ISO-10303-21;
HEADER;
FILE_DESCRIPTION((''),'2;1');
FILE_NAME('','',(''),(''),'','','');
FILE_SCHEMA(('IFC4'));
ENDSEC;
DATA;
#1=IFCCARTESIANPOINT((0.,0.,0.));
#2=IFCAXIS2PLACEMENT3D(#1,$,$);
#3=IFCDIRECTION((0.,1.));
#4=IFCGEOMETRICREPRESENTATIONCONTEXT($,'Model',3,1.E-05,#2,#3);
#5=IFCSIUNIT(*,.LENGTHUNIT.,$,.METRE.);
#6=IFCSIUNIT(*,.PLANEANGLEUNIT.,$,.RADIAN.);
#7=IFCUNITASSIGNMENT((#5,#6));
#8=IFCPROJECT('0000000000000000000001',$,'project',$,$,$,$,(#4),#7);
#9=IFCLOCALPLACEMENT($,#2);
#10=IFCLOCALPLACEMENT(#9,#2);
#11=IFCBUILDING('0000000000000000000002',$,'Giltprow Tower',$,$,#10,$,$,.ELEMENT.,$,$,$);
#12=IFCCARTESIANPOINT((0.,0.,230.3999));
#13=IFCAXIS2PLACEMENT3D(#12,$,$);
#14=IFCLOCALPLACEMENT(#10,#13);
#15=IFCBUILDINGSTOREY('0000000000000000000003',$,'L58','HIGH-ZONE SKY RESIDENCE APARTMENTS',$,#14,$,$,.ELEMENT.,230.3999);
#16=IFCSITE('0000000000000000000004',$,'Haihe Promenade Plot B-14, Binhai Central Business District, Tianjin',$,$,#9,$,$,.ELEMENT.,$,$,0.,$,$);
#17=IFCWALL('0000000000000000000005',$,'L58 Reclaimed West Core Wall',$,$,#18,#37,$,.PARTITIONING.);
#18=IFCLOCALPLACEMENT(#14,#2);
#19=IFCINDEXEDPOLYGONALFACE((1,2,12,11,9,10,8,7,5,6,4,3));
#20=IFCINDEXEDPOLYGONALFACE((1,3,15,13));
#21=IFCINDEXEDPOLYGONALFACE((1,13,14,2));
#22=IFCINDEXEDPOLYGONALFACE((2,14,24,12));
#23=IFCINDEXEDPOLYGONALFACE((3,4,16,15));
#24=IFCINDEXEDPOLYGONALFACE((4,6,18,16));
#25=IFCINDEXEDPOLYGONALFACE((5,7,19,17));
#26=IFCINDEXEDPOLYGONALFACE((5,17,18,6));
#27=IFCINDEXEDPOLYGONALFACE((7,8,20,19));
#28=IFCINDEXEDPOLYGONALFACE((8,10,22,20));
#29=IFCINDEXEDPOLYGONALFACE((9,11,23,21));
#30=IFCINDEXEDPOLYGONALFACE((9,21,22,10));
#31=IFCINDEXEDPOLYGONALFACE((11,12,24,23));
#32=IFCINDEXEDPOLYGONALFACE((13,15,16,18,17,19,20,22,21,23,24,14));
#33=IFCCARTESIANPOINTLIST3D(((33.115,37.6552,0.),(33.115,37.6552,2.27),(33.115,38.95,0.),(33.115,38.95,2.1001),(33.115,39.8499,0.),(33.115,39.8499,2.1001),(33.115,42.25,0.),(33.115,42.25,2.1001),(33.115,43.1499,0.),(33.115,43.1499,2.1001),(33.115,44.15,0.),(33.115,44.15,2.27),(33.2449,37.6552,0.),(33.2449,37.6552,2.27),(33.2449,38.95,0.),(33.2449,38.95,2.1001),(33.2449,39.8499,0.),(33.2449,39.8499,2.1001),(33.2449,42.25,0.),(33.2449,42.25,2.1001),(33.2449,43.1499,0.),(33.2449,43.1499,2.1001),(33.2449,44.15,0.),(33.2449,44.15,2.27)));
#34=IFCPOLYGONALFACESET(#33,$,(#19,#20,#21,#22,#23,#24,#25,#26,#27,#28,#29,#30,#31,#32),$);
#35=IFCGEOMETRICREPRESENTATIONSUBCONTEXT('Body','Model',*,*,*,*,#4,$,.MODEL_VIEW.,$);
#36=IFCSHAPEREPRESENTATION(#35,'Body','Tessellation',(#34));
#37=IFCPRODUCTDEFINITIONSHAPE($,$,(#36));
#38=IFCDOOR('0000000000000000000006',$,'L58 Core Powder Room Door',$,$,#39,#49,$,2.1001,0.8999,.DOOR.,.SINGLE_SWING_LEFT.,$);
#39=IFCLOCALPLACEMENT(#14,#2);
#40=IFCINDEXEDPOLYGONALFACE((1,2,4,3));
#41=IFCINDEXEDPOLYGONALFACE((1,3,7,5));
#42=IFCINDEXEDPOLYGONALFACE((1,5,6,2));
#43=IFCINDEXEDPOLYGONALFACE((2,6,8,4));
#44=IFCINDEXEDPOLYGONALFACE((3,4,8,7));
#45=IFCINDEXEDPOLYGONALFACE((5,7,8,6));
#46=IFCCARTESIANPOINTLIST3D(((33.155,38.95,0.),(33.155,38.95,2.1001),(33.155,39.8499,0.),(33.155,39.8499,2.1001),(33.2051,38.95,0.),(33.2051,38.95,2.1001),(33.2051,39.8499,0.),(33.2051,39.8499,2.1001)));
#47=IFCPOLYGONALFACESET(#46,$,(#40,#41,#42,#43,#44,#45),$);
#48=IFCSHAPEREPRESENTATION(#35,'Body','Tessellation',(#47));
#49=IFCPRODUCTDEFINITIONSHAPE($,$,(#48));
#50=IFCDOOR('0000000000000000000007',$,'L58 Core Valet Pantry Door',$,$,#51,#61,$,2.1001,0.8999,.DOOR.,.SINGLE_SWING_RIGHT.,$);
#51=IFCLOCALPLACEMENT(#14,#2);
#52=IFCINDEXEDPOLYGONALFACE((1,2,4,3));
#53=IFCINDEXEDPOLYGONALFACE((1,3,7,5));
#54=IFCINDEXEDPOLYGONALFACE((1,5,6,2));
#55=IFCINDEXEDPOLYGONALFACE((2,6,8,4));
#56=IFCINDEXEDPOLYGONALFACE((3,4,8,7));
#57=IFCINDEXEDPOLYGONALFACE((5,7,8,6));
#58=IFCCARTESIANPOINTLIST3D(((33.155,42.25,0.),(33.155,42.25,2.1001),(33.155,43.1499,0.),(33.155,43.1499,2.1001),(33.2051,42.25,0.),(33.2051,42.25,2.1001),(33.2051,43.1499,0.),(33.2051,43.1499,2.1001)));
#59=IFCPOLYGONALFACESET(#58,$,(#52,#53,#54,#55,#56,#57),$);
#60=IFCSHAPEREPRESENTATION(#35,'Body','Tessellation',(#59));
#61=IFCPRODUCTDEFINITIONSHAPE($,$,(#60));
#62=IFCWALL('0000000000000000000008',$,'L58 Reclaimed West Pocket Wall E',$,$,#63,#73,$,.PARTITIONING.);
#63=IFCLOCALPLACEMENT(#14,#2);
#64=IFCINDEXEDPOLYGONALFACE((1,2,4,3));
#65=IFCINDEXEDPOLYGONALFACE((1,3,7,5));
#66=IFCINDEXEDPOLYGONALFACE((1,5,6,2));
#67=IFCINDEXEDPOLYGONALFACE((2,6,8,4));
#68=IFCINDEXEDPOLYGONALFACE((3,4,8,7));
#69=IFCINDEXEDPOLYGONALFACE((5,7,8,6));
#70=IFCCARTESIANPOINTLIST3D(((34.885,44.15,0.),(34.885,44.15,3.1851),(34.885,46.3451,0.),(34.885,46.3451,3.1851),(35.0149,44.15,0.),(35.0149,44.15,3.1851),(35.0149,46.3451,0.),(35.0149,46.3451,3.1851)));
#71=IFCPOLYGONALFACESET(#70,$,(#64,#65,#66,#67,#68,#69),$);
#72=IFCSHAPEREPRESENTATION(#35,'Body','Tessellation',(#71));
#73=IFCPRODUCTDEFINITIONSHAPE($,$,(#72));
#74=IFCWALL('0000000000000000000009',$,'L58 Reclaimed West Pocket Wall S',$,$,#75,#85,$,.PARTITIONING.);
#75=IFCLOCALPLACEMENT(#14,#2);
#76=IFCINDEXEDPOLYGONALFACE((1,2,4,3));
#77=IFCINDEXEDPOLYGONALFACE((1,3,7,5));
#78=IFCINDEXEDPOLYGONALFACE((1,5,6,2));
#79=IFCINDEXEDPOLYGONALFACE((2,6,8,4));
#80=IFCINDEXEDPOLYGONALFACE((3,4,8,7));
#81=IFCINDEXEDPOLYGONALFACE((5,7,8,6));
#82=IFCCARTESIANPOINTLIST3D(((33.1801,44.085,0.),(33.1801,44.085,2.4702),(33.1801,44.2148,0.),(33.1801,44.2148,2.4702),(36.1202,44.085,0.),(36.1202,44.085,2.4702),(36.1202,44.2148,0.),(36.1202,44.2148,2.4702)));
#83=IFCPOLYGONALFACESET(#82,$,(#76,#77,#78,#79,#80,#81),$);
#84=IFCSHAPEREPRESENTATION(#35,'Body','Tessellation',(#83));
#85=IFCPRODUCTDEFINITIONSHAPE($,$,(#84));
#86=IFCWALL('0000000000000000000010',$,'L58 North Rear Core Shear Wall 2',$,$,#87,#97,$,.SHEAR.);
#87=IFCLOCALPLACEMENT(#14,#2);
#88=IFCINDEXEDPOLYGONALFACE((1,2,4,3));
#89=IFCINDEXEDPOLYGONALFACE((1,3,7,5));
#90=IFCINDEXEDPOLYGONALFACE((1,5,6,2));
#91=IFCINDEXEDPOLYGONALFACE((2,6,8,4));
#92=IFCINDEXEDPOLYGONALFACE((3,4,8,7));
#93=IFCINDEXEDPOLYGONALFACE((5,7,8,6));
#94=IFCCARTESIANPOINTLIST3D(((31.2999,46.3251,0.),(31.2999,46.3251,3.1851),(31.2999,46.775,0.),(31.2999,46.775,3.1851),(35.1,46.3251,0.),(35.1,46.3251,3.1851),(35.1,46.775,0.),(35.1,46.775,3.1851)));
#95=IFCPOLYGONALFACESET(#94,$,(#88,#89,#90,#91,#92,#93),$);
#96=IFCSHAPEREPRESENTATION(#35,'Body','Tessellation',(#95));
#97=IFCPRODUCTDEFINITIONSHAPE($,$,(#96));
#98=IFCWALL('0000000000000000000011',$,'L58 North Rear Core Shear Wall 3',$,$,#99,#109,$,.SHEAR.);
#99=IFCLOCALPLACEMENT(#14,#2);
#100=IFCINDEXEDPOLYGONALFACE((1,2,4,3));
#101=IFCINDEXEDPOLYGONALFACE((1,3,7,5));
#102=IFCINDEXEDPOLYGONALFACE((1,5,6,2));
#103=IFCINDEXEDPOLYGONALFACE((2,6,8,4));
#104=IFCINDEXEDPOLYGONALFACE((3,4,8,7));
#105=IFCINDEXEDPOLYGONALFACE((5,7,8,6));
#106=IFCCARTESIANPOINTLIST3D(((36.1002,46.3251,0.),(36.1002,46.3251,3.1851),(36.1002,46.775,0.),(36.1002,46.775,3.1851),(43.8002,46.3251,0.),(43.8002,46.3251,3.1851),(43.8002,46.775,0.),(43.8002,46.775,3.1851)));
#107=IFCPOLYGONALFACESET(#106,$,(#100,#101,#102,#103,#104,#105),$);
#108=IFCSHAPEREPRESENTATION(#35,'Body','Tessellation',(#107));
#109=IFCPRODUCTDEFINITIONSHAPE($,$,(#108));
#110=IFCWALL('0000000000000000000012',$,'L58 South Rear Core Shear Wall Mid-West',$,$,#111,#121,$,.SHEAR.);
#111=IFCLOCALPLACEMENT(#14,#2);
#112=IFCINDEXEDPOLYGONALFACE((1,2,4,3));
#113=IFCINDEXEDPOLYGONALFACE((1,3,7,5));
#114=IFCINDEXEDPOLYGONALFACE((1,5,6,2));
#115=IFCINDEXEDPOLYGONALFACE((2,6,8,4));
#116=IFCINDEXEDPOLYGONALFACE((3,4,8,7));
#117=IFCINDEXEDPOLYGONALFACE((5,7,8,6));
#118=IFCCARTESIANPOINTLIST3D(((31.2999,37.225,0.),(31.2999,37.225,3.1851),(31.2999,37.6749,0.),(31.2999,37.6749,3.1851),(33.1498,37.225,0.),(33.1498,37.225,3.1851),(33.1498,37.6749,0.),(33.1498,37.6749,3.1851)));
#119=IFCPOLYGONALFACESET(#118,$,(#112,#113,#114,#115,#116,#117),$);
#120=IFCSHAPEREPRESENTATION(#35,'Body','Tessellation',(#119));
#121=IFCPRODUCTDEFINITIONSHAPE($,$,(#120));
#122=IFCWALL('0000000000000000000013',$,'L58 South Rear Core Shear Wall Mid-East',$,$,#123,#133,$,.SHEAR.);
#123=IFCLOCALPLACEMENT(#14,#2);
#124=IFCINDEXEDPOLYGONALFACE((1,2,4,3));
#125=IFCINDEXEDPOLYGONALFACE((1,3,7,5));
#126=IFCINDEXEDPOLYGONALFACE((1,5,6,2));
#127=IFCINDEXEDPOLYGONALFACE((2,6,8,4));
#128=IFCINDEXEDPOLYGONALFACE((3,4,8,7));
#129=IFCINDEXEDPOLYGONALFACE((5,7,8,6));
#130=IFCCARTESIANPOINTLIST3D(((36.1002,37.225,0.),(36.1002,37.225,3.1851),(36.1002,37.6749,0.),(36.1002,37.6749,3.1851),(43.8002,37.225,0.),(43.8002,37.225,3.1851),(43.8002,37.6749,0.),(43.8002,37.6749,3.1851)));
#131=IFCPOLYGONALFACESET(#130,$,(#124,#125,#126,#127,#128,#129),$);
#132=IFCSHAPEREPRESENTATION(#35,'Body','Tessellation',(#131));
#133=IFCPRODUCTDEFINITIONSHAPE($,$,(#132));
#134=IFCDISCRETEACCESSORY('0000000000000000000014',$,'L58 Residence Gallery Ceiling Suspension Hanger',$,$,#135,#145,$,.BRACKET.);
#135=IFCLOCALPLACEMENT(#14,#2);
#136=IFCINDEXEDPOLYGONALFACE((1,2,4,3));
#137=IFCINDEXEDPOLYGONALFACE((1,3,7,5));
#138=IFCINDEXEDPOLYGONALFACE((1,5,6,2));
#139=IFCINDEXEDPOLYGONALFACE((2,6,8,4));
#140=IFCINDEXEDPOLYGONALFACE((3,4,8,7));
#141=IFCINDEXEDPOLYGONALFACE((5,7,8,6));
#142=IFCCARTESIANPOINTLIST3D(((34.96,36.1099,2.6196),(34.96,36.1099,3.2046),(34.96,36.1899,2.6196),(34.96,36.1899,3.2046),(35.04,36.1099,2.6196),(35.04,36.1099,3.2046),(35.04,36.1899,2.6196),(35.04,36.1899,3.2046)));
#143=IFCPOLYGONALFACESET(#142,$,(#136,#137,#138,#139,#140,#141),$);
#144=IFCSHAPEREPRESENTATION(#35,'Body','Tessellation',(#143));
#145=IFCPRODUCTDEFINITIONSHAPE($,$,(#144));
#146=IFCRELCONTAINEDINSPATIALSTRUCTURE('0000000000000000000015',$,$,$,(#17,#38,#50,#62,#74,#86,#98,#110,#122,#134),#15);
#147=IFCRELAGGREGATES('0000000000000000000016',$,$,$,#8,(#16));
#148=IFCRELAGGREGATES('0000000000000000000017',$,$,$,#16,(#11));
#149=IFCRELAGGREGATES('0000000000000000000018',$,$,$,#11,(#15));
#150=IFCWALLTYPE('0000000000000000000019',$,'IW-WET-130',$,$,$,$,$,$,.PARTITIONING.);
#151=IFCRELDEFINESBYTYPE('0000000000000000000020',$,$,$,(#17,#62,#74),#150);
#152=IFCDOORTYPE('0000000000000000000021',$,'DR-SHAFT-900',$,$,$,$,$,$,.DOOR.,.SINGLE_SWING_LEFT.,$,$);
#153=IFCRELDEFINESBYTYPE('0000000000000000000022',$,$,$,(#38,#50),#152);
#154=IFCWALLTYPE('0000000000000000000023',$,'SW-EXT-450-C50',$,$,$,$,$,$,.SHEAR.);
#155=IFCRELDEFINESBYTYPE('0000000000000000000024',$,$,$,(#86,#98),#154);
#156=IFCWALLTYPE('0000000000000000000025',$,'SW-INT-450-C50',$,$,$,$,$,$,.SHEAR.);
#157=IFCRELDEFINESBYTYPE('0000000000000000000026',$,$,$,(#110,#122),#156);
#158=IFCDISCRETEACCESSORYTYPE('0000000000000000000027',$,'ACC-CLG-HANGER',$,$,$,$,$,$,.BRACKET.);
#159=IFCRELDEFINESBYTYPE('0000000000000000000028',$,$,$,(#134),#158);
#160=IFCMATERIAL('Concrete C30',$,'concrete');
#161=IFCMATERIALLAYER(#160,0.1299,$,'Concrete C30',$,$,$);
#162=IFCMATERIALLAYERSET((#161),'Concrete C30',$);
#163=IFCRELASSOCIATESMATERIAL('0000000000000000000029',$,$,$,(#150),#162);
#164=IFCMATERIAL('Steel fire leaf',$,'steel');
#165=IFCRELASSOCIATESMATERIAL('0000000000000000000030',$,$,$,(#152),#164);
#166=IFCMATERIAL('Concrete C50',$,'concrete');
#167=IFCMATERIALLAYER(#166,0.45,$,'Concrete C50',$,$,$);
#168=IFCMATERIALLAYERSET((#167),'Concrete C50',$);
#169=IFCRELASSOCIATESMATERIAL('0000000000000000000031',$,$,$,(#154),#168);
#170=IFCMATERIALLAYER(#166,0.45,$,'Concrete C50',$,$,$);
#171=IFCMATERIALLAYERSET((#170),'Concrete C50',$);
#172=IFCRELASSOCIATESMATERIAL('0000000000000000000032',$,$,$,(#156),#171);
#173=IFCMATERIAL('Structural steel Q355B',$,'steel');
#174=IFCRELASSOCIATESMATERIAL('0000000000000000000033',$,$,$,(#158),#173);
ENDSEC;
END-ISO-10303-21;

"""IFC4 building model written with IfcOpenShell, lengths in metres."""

from ifc_helpers import new_model, si_unit, direction, frame, frame_2d, origin, origin_2d, place, context, subcontext, project, spatial, rectangle, extrude, source, transform, mapped, material, layer, layer_set, type_object, element, fill, save


model = new_model("IFC4")

# Units and contexts
model_context = context("Model", 3, precision=1e-05, world=origin(), true_north=direction((0.0, 1.0)))
body_context = subcontext(model_context, "Body", "Model", "MODEL_VIEW")
ifc_project = project(units=[si_unit("LENGTHUNIT", "METRE"), si_unit("PLANEANGLEUNIT", "RADIAN")], contexts=[model_context])

# Site, building, storey
site_placement = place(None, origin())
site = spatial("IfcSite", under=ifc_project, at=site_placement, Name="Haihe Promenade Plot B-14, Binhai Central Business District, Tianjin", CompositionType="ELEMENT", RefElevation=0.0)
building_placement = place(site_placement, origin())
building = spatial("IfcBuilding", under=site, at=building_placement, Name="Giltprow Tower", CompositionType="ELEMENT")
storey_placement = place(building_placement, frame((0.0, 0.0, 230.3999)))
storey = spatial("IfcBuildingStorey", under=building, at=storey_placement, Name="L58", Description="HIGH-ZONE SKY RESIDENCE APARTMENTS", CompositionType="ELEMENT", Elevation=230.3999)

# Shared definitions
ifc_material_1 = material(Name="Concrete C50", Category="concrete")

# Shared definitions
ifc_material_2 = material(Name="Structural steel Q355B", Category="steel")

# Wall, openings, doors
ifc_material_3 = material(Name="Concrete C30", Category="concrete")
ifc_layer_1 = layer(ifc_material_3, 0.1299, Name="Concrete C30")
ifc_layer_set_1 = layer_set([ifc_layer_1], Name="Concrete C30")
wall_type_1 = type_object("IfcWallType", Name="IW-WET-130", PredefinedType="PARTITIONING", material=ifc_layer_set_1)
wall_1_placement = place(storey_placement, frame((33.1799, 37.655, 0.0), z_axis=(0.0, 0.0, 1.0), x_axis=(0.0, 1.0, 0.0)))
wall_1 = element("IfcWall", 1, at=wall_1_placement, inside=storey, type_object=wall_type_1, Name="L58 Reclaimed West Core Wall", PredefinedType="PARTITIONING", context=body_context, shape_type="SweptSolid", body=[
    extrude(rectangle(XDim=6.4949, YDim=0.1299, at=frame_2d((3.2476, 0.0))), origin(), (0.0, 0.0, 1.0), 2.27),
])
opening_1_placement = place(wall_1_placement, frame((1.2949, 0.0, 0.0)))
opening_1 = element("IfcOpeningElement", 2, at=opening_1_placement, cuts=wall_1, PredefinedType="OPENING", context=body_context, shape_type="SweptSolid", body=[
    extrude(rectangle(XDim=0.8999, YDim=2.1001, at=frame_2d((0.45, 1.05))), frame((0.0, 0.075, 0.0), z_axis=(0.0, -1.0, 0.0), x_axis=(1.0, 0.0, 0.0)), (0.0, 0.0, 1.0), 0.1499),
])
opening_2_placement = place(wall_1_placement, frame((4.595, 0.0, 0.0)))
opening_2 = element("IfcOpeningElement", 3, at=opening_2_placement, cuts=wall_1, PredefinedType="OPENING", context=body_context, shape_type="SweptSolid", body=[
    extrude(rectangle(XDim=0.8999, YDim=2.1001, at=frame_2d((0.45, 1.05))), frame((0.0, 0.075, 0.0), z_axis=(0.0, -1.0, 0.0), x_axis=(1.0, 0.0, 0.0)), (0.0, 0.0, 1.0), 0.1499),
])
ifc_material_4 = material(Name="Steel fire leaf", Category="steel")
door_type_1 = type_object("IfcDoorType", Name="DR-SHAFT-900", OperationType="SINGLE_SWING_LEFT", PredefinedType="DOOR", material=ifc_material_4)
shared_shape_1 = source(origin(), body_context, "Body", "SweptSolid", [
    extrude(rectangle(XDim=0.8999, YDim=2.1001, at=frame_2d((0.45, 1.05))), frame((0.0, 0.0249, 0.0), z_axis=(0.0, -1.0, 0.0), x_axis=(1.0, 0.0, 0.0)), (0.0, 0.0, 1.0), 0.05),
])
door_1_placement = place(opening_1_placement, origin())
door_1 = element("IfcDoor", 4, at=door_1_placement, inside=storey, type_object=door_type_1, Name="L58 Core Powder Room Door", OperationType="SINGLE_SWING_LEFT", OverallHeight=2.1001, OverallWidth=0.8999, PredefinedType="DOOR", context=body_context, shape_type="MappedRepresentation", body=[
    mapped(shared_shape_1, transform((0.0, 0.0, 0.0), x_axis=(1.0, 0.0, 0.0), y_axis=(0.0, 1.0, 0.0), z_axis=(0.0, 0.0, 1.0), scale=1.0)),
])
fill(opening_1, door_1)
door_2_placement = place(opening_2_placement, origin())
door_2 = element("IfcDoor", 5, at=door_2_placement, inside=storey, type_object=door_type_1, Name="L58 Core Valet Pantry Door", OperationType="SINGLE_SWING_RIGHT", OverallHeight=2.1001, OverallWidth=0.8999, PredefinedType="DOOR", context=body_context, shape_type="MappedRepresentation", body=[
    mapped(shared_shape_1, transform((0.0, 0.0, 0.0), x_axis=(1.0, 0.0, 0.0), y_axis=(0.0, 1.0, 0.0), z_axis=(0.0, 0.0, 1.0), scale=1.0)),
])
fill(opening_2, door_2)

# Walls
wall_2_placement = place(storey_placement, frame((34.95, 44.1499, 0.0), z_axis=(0.0, 0.0, 1.0), x_axis=(0.0, 1.0, 0.0)))
element("IfcWall", 6, at=wall_2_placement, inside=storey, type_object=wall_type_1, Name="L58 Reclaimed West Pocket Wall E", PredefinedType="PARTITIONING", context=body_context, shape_type="SweptSolid", body=[
    extrude(rectangle(XDim=2.1951, YDim=0.1299, at=frame_2d((1.0977, 0.0))), origin(), (0.0, 0.0, 1.0), 3.1851),
])
wall_3_placement = place(storey_placement, frame((33.1799, 44.1499, 0.0), z_axis=(0.0, 0.0, 1.0), x_axis=(1.0, 0.0, 0.0)))
element("IfcWall", 7, at=wall_3_placement, inside=storey, type_object=wall_type_1, Name="L58 Reclaimed West Pocket Wall S", PredefinedType="PARTITIONING", context=body_context, shape_type="SweptSolid", body=[
    extrude(rectangle(XDim=2.9402, YDim=0.1299, at=frame_2d((1.4702, 0.0))), origin(), (0.0, 0.0, 1.0), 2.4702),
])
ifc_layer_2 = layer(ifc_material_1, 0.45, Name="Concrete C50")
ifc_layer_set_2 = layer_set([ifc_layer_2], Name="Concrete C50")
wall_type_2 = type_object("IfcWallType", Name="SW-EXT-450-C50", PredefinedType="SHEAR", material=ifc_layer_set_2)
wall_4_placement = place(storey_placement, frame((31.3, 46.55, 0.0), z_axis=(0.0, 0.0, 1.0), x_axis=(1.0, 0.0, 0.0)))
element("IfcWall", 8, at=wall_4_placement, inside=storey, type_object=wall_type_2, Name="L58 North Rear Core Shear Wall 2", PredefinedType="SHEAR", context=body_context, shape_type="SweptSolid", body=[
    extrude(rectangle(XDim=3.8, YDim=0.45, at=frame_2d((1.8999, 0.0))), origin(), (0.0, 0.0, 1.0), 3.1851),
])
wall_5_placement = place(storey_placement, frame((36.1001, 46.55, 0.0), z_axis=(0.0, 0.0, 1.0), x_axis=(1.0, 0.0, 0.0)))
element("IfcWall", 9, at=wall_5_placement, inside=storey, type_object=wall_type_2, Name="L58 North Rear Core Shear Wall 3", PredefinedType="SHEAR", context=body_context, shape_type="SweptSolid", body=[
    extrude(rectangle(XDim=7.7, YDim=0.45, at=frame_2d((3.8501, 0.0))), origin(), (0.0, 0.0, 1.0), 3.1851),
])
ifc_layer_3 = layer(ifc_material_1, 0.45, Name="Concrete C50")
ifc_layer_set_3 = layer_set([ifc_layer_3], Name="Concrete C50")
wall_type_3 = type_object("IfcWallType", Name="SW-INT-450-C50", PredefinedType="SHEAR", material=ifc_layer_set_3)
wall_6_placement = place(storey_placement, frame((31.3, 37.45, 0.0), z_axis=(0.0, 0.0, 1.0), x_axis=(1.0, 0.0, 0.0)))
element("IfcWall", 10, at=wall_6_placement, inside=storey, type_object=wall_type_3, Name="L58 South Rear Core Shear Wall Mid-West", PredefinedType="SHEAR", context=body_context, shape_type="SweptSolid", body=[
    extrude(rectangle(XDim=1.8499, YDim=0.45, at=frame_2d((0.9248, 0.0))), origin(), (0.0, 0.0, 1.0), 3.1851),
])
wall_7_placement = place(storey_placement, frame((36.1001, 37.45, 0.0), z_axis=(0.0, 0.0, 1.0), x_axis=(1.0, 0.0, 0.0)))
element("IfcWall", 11, at=wall_7_placement, inside=storey, type_object=wall_type_3, Name="L58 South Rear Core Shear Wall Mid-East", PredefinedType="SHEAR", context=body_context, shape_type="SweptSolid", body=[
    extrude(rectangle(XDim=7.7, YDim=0.45, at=frame_2d((3.8501, 0.0))), origin(), (0.0, 0.0, 1.0), 3.1851),
])

# Discrete accessory
discrete_accessory_type = type_object("IfcDiscreteAccessoryType", Name="ACC-CLG-HANGER", PredefinedType="BRACKET", material=ifc_material_2)
shared_shape_2 = source(origin(), body_context, "Body", "SweptSolid", [
    extrude(rectangle(XDim=0.0801, YDim=0.0801, at=origin_2d()), origin(), (0.0, 0.0, 1.0), 0.585),
])
discrete_accessory_placement = place(storey_placement, frame((35.0, 36.1499, 2.6196), z_axis=(0.0, 0.0, 1.0), x_axis=(1.0, 0.0, 0.0)))
element("IfcDiscreteAccessory", 12, at=discrete_accessory_placement, inside=storey, type_object=discrete_accessory_type, Name="L58 Residence Gallery Ceiling Suspension Hanger", PredefinedType="BRACKET", context=body_context, shape_type="MappedRepresentation", body=[
    mapped(shared_shape_2, transform((0.0, 0.0, 0.0), x_axis=(1.0, 0.0, 0.0), y_axis=(0.0, 1.0, 0.0), z_axis=(0.0, 0.0, 1.0), scale=1.0)),
])

save(model, "model.ifc")
